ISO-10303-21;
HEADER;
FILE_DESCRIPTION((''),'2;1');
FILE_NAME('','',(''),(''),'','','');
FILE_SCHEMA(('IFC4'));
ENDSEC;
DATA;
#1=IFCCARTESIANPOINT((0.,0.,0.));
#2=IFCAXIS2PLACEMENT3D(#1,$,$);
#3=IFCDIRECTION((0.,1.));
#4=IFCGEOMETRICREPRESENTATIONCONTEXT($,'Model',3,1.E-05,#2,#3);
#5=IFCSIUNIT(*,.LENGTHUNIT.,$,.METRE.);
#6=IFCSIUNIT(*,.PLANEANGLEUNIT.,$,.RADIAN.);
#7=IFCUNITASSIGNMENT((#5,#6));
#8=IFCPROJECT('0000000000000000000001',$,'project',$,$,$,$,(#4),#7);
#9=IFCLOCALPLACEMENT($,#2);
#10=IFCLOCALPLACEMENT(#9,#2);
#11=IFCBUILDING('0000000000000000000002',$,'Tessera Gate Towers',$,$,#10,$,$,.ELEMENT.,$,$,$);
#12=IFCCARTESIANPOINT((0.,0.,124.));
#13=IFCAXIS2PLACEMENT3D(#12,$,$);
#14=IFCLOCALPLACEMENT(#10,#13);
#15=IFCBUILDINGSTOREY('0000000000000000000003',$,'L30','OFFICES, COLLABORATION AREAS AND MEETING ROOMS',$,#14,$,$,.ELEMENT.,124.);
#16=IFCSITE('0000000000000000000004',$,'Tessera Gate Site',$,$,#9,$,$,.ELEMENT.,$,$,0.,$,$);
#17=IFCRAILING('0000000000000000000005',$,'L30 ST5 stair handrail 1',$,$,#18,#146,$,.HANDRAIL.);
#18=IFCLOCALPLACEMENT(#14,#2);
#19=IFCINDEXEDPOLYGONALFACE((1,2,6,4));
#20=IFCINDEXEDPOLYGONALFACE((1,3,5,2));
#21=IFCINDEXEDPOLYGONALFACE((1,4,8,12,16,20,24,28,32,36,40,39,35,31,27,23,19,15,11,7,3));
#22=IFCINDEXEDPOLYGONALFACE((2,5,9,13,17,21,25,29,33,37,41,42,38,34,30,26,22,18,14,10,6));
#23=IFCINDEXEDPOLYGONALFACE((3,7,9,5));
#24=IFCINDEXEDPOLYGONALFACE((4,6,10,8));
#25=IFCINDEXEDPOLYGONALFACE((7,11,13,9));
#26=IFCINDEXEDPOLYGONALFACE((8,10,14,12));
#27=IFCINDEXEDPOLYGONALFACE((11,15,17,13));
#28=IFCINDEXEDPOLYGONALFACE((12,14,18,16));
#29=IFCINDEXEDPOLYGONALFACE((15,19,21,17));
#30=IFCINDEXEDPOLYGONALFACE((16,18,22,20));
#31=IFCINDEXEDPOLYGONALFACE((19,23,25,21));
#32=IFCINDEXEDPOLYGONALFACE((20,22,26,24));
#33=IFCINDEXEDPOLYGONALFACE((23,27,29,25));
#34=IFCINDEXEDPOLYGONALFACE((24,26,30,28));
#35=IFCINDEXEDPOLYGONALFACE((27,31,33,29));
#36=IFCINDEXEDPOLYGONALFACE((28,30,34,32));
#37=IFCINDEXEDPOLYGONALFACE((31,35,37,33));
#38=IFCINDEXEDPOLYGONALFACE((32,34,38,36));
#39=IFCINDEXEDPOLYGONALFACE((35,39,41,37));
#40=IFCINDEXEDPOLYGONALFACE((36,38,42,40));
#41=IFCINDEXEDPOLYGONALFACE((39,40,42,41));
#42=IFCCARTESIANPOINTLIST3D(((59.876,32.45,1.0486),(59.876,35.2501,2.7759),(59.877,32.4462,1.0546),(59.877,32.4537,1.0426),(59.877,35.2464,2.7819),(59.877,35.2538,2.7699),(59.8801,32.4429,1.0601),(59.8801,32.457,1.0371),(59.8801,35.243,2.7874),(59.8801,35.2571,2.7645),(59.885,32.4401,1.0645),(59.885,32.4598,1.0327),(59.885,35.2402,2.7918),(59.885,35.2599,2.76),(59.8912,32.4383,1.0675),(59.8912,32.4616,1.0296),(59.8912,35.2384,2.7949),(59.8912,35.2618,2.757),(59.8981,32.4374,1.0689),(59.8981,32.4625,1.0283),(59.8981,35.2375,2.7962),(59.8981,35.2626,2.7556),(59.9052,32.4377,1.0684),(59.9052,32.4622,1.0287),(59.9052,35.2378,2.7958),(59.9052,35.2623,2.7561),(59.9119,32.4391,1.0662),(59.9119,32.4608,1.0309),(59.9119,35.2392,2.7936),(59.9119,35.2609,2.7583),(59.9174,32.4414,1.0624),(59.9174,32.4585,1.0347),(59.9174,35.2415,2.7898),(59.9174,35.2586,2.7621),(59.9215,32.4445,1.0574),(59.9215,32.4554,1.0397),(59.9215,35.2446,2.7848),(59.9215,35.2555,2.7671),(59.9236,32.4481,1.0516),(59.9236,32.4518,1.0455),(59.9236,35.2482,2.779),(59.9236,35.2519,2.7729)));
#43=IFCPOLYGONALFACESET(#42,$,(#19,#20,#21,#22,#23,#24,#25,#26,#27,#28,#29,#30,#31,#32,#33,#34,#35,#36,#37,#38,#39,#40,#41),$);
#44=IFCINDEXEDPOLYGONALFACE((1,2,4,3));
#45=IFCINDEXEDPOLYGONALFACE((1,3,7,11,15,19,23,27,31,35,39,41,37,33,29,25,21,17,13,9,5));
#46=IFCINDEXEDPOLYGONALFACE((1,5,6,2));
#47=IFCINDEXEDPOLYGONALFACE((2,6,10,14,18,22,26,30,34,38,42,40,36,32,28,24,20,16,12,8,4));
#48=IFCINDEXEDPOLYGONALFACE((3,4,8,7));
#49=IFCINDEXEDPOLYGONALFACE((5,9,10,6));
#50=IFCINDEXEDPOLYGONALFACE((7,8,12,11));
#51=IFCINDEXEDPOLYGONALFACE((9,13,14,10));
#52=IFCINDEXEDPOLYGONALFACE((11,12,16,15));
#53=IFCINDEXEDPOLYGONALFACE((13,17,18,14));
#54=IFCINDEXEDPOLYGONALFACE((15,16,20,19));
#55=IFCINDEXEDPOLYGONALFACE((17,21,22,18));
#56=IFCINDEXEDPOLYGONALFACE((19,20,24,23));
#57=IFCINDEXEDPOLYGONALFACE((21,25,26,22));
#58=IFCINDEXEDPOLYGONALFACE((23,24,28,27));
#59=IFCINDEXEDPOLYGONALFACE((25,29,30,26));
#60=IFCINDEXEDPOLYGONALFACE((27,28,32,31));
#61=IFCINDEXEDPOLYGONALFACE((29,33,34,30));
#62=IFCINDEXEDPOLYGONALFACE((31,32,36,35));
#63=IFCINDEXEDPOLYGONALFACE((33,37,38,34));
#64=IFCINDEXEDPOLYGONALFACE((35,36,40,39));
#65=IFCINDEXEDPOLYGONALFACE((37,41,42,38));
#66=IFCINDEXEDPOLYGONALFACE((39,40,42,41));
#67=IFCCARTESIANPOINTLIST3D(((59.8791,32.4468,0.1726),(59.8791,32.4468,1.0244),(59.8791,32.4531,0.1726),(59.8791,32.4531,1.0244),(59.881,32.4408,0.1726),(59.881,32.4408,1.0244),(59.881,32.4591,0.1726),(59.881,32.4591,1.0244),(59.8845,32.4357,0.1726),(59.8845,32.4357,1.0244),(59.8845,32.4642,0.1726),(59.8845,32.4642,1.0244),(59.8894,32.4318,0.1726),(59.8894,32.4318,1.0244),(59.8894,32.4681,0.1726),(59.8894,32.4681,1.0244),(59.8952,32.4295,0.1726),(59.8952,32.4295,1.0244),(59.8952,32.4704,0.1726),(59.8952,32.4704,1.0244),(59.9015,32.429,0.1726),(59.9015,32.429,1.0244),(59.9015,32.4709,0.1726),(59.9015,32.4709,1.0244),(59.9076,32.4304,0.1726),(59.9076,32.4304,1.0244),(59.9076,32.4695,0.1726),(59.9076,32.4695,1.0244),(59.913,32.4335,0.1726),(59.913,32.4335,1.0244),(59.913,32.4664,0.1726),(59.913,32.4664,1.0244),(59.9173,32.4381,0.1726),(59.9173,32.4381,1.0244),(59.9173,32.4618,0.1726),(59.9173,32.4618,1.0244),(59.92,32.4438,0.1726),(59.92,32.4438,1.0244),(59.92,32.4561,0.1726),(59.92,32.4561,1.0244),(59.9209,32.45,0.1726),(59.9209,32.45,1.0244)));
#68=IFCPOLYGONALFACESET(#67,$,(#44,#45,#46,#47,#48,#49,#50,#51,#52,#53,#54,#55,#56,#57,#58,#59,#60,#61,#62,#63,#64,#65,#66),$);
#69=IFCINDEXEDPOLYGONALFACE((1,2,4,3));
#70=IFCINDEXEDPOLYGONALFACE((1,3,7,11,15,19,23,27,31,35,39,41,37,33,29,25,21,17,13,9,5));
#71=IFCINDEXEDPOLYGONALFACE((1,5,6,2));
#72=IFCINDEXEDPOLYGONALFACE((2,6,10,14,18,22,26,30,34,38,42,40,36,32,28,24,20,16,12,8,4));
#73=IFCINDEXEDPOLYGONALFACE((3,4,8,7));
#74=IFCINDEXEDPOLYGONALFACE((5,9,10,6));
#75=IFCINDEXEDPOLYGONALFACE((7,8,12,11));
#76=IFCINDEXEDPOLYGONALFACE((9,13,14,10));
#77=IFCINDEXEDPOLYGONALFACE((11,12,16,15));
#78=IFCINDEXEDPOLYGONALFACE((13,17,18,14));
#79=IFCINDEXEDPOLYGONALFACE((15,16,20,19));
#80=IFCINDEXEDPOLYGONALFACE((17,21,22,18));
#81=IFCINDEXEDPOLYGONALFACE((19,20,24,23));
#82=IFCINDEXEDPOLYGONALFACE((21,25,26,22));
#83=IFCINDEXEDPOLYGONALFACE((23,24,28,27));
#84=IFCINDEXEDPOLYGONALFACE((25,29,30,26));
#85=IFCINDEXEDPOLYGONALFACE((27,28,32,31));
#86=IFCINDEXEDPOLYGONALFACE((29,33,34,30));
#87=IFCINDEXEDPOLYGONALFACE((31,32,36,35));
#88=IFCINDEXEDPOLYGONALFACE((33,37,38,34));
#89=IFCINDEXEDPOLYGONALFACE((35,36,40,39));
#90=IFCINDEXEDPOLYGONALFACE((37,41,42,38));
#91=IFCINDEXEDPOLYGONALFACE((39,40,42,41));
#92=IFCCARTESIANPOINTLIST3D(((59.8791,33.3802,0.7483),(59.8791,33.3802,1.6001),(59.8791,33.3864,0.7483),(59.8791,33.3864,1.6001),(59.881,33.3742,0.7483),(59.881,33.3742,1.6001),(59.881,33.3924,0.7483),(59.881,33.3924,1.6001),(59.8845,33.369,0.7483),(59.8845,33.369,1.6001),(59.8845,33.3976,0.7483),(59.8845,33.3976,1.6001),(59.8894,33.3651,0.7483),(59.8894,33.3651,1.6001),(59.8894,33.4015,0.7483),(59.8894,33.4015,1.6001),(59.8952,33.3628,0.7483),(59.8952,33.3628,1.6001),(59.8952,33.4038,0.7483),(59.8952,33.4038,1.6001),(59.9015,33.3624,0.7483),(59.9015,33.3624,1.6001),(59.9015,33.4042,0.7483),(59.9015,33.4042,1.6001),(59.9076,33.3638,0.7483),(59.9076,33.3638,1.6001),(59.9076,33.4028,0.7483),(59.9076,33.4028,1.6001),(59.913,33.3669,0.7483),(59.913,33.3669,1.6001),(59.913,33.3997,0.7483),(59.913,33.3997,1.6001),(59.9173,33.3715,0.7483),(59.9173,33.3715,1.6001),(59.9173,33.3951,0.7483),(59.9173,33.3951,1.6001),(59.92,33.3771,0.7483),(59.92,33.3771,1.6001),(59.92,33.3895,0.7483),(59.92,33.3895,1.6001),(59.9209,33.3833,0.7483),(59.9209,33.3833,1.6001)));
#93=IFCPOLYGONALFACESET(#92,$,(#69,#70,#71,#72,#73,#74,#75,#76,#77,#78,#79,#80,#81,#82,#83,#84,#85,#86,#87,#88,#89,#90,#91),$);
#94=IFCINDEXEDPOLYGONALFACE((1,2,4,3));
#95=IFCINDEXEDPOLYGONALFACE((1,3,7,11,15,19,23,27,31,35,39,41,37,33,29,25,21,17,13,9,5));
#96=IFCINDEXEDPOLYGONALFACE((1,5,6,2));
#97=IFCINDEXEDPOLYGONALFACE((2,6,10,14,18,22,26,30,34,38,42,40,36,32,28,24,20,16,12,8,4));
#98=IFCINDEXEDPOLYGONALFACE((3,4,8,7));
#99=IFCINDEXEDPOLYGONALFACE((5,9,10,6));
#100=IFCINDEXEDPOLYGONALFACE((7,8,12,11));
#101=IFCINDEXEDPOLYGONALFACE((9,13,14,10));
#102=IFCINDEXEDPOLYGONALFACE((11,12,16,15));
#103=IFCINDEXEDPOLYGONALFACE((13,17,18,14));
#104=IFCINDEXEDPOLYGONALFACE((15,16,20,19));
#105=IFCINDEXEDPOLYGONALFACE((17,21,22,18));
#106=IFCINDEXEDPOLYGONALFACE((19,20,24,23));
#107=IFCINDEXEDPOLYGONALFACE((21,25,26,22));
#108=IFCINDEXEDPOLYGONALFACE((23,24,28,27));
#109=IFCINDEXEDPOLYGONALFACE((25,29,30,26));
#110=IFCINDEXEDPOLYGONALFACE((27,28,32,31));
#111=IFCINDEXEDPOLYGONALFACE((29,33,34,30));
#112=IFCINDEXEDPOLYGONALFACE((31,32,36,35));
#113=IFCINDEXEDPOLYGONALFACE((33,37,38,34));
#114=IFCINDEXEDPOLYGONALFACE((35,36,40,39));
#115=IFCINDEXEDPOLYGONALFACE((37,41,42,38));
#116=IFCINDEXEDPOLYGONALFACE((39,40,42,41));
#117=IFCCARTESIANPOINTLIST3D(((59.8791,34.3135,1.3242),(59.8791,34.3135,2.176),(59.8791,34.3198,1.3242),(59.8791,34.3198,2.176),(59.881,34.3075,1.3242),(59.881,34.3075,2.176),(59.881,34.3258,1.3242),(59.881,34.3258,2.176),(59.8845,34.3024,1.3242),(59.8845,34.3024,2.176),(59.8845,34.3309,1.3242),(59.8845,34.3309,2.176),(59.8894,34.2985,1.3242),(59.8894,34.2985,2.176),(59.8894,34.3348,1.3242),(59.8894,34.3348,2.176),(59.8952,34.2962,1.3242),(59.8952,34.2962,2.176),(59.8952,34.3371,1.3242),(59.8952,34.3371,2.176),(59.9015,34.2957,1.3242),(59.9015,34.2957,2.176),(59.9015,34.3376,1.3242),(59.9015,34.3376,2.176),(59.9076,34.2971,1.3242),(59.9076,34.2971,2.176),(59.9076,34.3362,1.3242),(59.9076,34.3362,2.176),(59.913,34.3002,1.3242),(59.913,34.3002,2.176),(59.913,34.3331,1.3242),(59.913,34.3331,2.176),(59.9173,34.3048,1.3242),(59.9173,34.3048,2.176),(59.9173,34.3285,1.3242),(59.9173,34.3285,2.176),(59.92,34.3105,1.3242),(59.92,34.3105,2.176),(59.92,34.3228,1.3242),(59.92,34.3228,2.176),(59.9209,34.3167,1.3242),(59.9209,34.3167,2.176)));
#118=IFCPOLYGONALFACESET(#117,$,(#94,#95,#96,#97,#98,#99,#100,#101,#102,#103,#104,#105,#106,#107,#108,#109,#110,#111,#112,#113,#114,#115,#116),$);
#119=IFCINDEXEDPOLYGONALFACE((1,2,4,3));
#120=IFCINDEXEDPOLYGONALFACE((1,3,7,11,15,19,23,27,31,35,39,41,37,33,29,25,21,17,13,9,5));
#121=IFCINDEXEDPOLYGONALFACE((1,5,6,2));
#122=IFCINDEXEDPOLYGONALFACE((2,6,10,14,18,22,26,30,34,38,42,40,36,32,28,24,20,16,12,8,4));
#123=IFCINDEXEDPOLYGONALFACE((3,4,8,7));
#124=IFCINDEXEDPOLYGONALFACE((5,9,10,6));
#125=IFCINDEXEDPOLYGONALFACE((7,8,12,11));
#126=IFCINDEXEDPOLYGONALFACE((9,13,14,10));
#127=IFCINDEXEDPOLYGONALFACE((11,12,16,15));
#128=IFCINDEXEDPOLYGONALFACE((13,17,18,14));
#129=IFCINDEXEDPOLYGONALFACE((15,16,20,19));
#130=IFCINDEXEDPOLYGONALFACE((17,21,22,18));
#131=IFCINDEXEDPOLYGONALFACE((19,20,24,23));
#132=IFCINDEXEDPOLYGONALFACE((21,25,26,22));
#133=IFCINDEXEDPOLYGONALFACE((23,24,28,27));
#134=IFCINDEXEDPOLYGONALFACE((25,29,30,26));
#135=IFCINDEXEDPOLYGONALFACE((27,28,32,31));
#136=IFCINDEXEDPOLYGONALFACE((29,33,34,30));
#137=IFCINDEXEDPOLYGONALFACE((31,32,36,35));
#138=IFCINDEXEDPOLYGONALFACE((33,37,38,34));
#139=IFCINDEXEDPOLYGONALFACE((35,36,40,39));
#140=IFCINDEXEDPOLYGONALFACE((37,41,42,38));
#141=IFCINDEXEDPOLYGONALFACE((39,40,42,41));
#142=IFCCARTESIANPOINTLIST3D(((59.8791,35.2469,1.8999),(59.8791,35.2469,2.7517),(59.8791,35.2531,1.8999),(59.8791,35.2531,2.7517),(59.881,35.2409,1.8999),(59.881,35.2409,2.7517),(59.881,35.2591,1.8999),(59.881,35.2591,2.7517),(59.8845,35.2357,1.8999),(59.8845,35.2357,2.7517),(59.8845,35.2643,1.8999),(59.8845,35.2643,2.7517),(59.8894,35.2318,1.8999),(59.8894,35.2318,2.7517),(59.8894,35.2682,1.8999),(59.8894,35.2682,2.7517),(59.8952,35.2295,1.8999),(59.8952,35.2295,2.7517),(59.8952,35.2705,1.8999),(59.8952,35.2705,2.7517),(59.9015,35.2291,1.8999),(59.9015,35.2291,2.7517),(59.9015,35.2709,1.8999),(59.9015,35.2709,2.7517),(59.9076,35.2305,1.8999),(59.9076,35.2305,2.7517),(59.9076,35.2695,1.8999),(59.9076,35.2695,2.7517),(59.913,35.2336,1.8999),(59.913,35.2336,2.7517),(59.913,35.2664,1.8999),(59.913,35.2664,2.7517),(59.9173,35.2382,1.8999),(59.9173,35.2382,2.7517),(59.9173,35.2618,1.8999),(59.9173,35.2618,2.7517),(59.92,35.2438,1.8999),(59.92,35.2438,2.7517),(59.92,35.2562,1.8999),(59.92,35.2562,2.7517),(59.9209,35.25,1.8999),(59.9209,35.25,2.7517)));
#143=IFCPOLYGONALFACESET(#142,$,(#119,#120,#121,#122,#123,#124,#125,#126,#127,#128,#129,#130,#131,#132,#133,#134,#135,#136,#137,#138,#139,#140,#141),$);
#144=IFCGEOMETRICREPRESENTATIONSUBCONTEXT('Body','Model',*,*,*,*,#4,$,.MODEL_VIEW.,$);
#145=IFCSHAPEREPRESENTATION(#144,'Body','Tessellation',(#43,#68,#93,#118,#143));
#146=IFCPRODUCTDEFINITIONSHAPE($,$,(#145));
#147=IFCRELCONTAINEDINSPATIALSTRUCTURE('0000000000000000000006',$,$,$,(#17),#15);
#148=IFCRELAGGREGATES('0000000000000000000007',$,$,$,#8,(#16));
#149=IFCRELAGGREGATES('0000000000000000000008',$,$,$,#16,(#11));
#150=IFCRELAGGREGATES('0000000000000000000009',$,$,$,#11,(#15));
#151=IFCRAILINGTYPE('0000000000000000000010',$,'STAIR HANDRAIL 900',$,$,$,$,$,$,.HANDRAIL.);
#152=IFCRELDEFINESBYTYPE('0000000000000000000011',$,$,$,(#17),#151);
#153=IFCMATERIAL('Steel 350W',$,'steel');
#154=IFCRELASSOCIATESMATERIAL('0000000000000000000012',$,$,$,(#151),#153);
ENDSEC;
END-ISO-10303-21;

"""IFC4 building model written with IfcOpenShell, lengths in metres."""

from ifc_helpers import new_model, si_unit, direction, frame, origin, origin_2d, place, context, subcontext, project, spatial, circle, extrude, material, type_object, element, save


model = new_model("IFC4")

# Units and contexts
model_context = context("Model", 3, precision=1e-05, world=origin(), true_north=direction((0.0, 1.0)))
body_context = subcontext(model_context, "Body", "Model", "MODEL_VIEW")
ifc_project = project(units=[si_unit("LENGTHUNIT", "METRE"), si_unit("PLANEANGLEUNIT", "RADIAN")], contexts=[model_context])

# Site, building, storey
site_placement = place(None, origin())
site = spatial("IfcSite", under=ifc_project, at=site_placement, Name="Tessera Gate Site", CompositionType="ELEMENT", RefElevation=0.0)
building_placement = place(site_placement, origin())
building = spatial("IfcBuilding", under=site, at=building_placement, Name="Tessera Gate Towers", CompositionType="ELEMENT")
storey_placement = place(building_placement, frame((0.0, 0.0, 124.0)))
storey = spatial("IfcBuildingStorey", under=building, at=storey_placement, Name="L30", Description="OFFICES, COLLABORATION AREAS AND MEETING ROOMS", CompositionType="ELEMENT", Elevation=124.0)

# Railing
ifc_material_1 = material(Name="Steel 350W", Category="steel")
railing_type_1 = type_object("IfcRailingType", Name="STAIR HANDRAIL 900", PredefinedType="HANDRAIL", material=ifc_material_1)
railing_1_placement = place(storey_placement, frame((59.8999, 32.45, 0.1726)))
element("IfcRailing", 1, at=railing_1_placement, inside=storey, type_object=railing_type_1, Name="L30 ST5 stair handrail 1", PredefinedType="HANDRAIL", context=body_context, shape_type="SweptSolid", body=[
    extrude(circle(Radius=0.0239, at=origin_2d()), frame((0.0, 0.0, 0.876), z_axis=(0.0, 0.85109, 0.52502), x_axis=(-1.0, 0.0, 0.0)), (0.0, 0.0, 1.0), 3.29),
    extrude(circle(Radius=0.021, at=origin_2d()), origin(), (0.0, 0.0, 1.0), 0.8518),
    extrude(circle(Radius=0.021, at=origin_2d()), frame((0.0, 0.9333, 0.5757)), (0.0, 0.0, 1.0), 0.8518),
    extrude(circle(Radius=0.021, at=origin_2d()), frame((0.0, 1.8667, 1.1516)), (0.0, 0.0, 1.0), 0.8518),
    extrude(circle(Radius=0.021, at=origin_2d()), frame((0.0, 2.8, 1.7273)), (0.0, 0.0, 1.0), 0.8518),
])

save(model, "model.ifc")
